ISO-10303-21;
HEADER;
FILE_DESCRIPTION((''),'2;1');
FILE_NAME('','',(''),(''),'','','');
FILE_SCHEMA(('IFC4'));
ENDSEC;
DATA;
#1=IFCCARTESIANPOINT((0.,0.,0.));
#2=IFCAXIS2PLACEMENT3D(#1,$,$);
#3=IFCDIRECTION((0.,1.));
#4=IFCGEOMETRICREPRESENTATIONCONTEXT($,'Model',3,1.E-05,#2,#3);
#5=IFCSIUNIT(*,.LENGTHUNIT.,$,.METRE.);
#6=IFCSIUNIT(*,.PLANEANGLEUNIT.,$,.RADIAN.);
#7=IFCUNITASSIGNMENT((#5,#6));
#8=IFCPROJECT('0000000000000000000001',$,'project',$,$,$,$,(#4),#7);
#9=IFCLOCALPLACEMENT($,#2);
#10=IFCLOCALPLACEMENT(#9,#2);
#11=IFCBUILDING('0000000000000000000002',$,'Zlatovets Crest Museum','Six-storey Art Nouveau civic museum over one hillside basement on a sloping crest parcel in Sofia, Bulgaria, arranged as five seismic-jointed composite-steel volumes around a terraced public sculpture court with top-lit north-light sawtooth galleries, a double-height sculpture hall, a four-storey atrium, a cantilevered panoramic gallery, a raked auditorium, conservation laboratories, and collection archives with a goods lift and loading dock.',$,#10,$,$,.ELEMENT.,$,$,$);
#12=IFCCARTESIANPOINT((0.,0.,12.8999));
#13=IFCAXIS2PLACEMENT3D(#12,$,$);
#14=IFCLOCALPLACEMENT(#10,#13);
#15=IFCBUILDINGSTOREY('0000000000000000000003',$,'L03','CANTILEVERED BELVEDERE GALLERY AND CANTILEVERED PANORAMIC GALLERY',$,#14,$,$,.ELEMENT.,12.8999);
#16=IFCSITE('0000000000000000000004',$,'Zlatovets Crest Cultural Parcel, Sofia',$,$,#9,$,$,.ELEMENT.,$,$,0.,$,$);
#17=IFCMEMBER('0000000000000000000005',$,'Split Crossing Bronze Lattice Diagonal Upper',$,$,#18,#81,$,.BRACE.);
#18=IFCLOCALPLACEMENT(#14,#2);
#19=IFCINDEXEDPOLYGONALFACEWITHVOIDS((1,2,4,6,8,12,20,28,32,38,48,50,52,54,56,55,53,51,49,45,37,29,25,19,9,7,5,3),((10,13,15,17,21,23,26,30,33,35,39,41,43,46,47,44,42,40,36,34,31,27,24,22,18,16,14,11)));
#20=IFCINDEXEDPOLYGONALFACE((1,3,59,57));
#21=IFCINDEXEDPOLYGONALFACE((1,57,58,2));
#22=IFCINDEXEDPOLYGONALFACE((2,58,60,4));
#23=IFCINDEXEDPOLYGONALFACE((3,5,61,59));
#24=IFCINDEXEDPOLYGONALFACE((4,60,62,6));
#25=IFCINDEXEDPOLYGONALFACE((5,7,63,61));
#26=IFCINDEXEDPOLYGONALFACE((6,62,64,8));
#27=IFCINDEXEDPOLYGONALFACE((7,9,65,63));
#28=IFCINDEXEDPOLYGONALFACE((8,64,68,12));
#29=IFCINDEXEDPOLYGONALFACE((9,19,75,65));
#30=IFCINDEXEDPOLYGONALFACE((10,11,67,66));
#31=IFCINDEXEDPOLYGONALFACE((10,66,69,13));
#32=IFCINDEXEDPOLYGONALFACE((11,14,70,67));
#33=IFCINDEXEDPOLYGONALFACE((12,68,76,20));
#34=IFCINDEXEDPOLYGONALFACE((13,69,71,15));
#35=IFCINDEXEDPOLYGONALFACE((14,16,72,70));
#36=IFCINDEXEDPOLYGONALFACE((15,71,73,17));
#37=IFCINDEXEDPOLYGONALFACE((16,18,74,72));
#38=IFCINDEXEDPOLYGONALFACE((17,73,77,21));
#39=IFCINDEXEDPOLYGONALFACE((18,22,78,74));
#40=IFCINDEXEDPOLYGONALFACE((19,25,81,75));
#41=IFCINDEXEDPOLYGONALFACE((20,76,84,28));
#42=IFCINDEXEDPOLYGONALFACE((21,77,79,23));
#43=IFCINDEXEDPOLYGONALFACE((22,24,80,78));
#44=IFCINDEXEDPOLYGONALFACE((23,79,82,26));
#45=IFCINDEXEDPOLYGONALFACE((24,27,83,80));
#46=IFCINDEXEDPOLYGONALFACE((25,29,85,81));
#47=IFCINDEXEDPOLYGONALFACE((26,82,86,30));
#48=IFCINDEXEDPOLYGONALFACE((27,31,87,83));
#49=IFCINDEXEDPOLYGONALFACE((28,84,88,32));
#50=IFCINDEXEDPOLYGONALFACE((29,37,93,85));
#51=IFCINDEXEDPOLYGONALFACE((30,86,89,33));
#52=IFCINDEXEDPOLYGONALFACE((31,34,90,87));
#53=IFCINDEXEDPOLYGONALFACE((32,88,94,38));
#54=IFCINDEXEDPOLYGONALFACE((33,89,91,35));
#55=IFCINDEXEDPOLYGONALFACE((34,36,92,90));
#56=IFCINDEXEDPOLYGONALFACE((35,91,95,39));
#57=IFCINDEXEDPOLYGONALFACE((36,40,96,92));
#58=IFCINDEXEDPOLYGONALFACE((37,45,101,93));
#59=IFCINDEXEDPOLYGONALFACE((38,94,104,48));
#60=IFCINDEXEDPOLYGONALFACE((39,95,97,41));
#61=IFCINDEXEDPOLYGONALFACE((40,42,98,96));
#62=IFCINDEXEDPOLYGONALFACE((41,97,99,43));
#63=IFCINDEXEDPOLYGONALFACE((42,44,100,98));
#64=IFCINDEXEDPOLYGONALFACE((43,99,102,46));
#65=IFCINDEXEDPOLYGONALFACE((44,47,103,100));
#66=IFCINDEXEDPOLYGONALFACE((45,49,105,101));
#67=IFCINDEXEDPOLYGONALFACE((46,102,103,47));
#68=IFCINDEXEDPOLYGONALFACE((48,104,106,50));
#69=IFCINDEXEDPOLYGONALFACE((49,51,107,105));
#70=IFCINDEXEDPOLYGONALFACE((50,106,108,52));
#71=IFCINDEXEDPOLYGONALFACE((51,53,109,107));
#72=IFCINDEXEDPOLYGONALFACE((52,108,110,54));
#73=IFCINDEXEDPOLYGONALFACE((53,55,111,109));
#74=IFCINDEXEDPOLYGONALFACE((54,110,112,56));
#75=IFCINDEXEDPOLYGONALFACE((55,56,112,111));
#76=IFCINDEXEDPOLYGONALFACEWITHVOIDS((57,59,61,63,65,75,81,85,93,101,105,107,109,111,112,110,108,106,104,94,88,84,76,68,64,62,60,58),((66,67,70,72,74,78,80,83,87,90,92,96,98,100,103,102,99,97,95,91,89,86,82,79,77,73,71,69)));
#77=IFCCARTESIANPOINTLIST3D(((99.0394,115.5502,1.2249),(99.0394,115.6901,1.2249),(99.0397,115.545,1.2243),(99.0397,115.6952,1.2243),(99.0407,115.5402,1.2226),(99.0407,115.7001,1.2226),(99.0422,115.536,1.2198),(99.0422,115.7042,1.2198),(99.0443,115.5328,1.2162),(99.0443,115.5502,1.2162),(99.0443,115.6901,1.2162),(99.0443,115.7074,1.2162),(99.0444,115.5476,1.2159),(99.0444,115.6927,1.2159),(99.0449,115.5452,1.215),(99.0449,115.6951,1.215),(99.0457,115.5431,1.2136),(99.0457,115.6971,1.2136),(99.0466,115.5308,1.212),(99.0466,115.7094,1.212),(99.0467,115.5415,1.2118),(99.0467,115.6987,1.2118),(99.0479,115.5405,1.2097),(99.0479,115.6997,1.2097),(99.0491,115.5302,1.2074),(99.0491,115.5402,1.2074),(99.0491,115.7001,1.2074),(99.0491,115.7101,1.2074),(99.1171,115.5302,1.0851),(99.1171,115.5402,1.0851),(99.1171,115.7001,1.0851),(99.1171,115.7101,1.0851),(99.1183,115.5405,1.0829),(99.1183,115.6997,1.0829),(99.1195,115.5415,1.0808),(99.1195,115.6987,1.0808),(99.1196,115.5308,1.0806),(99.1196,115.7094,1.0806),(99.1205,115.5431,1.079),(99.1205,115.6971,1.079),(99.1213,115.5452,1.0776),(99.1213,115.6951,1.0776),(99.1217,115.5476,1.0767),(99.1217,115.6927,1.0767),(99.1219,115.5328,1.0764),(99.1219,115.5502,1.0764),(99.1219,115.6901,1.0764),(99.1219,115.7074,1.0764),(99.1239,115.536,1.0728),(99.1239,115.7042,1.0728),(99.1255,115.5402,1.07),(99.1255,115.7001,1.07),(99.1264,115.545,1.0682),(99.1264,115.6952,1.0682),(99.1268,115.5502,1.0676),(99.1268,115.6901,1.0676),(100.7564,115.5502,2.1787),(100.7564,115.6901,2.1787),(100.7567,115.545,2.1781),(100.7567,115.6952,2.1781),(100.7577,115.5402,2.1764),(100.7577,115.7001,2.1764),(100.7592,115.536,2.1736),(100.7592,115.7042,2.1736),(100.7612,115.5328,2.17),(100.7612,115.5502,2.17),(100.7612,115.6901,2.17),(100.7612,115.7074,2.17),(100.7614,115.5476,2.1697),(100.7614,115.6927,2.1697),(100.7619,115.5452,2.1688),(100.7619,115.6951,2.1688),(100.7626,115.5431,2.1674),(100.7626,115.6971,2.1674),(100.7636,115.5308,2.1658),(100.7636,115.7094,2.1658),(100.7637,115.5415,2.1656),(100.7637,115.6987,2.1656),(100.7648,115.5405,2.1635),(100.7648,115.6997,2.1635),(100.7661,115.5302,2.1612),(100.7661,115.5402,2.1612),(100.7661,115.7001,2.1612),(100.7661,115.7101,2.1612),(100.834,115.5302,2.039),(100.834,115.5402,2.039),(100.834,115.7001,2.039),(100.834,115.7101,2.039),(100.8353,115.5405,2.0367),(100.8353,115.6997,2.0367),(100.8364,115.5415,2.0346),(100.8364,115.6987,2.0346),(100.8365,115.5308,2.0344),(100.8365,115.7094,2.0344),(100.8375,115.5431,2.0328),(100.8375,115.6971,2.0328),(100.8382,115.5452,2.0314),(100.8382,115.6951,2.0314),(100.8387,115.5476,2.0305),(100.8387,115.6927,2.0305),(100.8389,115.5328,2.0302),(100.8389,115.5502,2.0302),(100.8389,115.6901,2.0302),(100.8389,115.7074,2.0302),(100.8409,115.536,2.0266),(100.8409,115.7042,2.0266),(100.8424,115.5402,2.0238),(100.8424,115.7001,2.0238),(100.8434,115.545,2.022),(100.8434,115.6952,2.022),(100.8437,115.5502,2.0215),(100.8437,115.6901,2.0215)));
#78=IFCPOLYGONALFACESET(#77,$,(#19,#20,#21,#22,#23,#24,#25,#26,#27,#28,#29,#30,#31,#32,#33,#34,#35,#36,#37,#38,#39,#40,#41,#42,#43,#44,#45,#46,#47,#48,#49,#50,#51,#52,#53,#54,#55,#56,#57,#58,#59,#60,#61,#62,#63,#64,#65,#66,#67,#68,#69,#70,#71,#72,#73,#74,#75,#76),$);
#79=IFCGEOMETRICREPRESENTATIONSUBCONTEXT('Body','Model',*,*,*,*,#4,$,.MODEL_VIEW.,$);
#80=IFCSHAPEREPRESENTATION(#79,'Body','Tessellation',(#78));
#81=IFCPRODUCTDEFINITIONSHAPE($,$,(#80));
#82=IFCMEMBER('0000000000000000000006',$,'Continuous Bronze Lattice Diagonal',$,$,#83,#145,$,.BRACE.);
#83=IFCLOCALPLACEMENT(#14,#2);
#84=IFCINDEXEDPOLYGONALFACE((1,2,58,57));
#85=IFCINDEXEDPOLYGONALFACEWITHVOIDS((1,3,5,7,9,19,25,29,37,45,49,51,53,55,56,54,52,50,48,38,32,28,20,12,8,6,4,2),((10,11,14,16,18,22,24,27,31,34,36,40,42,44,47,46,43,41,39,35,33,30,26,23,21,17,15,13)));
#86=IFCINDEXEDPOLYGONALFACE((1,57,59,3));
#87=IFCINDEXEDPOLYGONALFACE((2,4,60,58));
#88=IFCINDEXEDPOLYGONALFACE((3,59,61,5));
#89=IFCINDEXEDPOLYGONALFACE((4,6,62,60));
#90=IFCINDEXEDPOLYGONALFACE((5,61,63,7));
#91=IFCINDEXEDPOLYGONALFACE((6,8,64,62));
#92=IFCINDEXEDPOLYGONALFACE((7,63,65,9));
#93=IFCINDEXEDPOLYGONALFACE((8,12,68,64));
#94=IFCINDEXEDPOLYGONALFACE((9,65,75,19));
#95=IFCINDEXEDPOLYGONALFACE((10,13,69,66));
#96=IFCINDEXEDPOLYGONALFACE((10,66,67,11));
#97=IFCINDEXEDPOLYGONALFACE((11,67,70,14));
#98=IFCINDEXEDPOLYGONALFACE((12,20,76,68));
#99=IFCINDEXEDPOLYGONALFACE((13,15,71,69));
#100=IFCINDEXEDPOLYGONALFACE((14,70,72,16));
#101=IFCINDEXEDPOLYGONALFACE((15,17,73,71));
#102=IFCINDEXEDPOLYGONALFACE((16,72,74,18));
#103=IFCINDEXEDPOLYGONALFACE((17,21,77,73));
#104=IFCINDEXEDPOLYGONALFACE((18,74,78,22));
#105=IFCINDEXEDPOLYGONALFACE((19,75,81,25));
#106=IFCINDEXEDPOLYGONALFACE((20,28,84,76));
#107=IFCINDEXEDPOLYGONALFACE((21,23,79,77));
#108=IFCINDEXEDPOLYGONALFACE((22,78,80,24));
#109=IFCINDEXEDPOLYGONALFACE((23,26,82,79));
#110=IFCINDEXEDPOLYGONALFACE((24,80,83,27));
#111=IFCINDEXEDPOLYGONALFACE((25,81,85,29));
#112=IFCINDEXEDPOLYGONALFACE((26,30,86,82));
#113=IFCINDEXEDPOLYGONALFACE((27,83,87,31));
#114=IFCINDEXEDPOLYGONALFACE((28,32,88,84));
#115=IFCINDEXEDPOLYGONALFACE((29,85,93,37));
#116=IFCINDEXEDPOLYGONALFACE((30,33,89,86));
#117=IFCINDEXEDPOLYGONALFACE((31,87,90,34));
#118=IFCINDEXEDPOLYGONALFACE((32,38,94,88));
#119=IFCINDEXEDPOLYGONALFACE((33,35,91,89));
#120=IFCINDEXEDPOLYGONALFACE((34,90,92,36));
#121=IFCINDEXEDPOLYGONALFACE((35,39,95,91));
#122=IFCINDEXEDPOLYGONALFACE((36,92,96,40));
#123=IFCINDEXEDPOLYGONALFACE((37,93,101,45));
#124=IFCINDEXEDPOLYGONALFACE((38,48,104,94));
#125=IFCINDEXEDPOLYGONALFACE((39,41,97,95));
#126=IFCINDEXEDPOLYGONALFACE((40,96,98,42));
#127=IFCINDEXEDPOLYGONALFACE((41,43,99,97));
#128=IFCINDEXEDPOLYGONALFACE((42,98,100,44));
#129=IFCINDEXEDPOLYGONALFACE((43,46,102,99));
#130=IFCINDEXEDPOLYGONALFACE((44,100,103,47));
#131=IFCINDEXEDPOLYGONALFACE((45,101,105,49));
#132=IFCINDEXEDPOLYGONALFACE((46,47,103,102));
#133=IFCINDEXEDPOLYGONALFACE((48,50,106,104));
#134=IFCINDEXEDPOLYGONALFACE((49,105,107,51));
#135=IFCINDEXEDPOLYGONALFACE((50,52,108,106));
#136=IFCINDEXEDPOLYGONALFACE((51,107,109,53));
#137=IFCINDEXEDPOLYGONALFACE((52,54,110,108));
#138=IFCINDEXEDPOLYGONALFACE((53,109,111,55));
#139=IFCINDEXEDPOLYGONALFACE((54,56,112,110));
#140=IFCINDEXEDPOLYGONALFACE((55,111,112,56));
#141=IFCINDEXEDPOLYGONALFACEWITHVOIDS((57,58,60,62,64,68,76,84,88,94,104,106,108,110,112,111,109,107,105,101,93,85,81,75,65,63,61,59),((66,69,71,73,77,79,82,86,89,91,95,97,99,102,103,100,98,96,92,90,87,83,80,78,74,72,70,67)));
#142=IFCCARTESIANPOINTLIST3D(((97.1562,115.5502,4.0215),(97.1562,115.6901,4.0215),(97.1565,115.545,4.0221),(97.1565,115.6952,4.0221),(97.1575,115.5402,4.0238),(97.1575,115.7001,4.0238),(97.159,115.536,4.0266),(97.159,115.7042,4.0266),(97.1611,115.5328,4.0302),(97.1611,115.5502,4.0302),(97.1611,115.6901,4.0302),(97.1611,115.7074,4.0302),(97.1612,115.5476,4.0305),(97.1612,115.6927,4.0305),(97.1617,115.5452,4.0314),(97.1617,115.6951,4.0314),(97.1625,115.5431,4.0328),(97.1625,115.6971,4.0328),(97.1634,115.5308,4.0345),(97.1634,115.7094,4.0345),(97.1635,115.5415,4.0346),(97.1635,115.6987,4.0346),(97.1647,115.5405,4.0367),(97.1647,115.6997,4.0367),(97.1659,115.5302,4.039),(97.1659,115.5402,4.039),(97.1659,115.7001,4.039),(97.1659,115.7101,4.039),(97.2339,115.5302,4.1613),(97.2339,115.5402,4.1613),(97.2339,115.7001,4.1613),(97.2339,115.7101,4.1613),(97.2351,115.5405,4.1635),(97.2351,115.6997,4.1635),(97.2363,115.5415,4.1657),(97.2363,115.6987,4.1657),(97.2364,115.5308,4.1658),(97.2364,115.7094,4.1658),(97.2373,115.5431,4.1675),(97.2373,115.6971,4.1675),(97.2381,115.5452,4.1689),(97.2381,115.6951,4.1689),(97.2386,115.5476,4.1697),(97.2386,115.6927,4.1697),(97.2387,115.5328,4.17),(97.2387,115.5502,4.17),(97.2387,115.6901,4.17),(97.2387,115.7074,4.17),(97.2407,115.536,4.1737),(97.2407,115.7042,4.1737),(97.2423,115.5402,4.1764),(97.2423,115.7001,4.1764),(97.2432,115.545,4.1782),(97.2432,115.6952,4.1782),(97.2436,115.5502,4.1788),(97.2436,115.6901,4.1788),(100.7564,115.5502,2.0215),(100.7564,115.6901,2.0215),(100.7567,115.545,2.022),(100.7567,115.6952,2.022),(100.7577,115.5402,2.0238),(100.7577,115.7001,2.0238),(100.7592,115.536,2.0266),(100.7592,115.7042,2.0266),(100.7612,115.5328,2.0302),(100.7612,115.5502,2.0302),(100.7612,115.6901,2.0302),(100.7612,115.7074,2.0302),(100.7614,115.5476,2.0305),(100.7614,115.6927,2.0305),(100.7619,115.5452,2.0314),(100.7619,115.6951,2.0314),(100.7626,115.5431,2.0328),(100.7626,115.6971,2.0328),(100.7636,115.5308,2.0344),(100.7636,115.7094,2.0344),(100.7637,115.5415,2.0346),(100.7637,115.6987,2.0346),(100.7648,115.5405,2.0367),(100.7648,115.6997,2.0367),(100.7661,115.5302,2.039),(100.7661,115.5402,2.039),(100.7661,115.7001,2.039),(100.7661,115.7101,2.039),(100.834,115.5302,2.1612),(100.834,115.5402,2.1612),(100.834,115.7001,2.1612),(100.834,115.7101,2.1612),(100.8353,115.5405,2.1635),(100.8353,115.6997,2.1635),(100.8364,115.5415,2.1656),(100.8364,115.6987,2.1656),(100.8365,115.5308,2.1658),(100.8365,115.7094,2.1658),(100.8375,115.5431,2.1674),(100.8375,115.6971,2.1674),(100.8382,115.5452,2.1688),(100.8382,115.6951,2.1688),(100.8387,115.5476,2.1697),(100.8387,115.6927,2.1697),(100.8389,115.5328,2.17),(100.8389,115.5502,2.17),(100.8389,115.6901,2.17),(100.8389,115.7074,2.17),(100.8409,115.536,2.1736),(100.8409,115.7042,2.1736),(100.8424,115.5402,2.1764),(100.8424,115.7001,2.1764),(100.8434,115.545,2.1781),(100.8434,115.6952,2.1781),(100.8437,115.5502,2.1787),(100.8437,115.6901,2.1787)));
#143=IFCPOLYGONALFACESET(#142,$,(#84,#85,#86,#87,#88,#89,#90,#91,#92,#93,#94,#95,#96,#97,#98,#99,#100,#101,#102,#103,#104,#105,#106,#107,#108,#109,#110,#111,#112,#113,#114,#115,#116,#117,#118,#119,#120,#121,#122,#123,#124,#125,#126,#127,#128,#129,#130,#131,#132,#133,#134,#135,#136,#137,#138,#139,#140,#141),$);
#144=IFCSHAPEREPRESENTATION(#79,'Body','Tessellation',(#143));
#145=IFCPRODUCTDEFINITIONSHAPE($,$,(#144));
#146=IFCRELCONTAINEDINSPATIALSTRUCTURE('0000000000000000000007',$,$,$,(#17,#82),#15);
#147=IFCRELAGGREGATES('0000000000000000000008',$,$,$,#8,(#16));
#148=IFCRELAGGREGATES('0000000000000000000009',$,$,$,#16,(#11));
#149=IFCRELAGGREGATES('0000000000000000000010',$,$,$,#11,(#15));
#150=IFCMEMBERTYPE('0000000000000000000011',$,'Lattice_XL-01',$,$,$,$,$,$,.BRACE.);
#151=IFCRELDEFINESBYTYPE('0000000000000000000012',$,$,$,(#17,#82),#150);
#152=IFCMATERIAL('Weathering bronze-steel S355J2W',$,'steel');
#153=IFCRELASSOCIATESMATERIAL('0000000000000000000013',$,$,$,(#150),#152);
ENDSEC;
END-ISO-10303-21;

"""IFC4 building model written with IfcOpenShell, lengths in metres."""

from ifc_helpers import new_model, si_unit, direction, frame, origin, origin_2d, place, context, subcontext, project, spatial, hollow_rectangle, extrude, material, material_profile, profile_set, type_object, element, save


model = new_model("IFC4")

# Units and contexts
model_context = context("Model", 3, precision=1e-05, world=origin(), true_north=direction((0.0, 1.0)))
body_context = subcontext(model_context, "Body", "Model", "MODEL_VIEW")
ifc_project = project(units=[si_unit("LENGTHUNIT", "METRE"), si_unit("PLANEANGLEUNIT", "RADIAN")], contexts=[model_context])

# Site, building, storey
site_placement = place(None, origin())
site = spatial("IfcSite", under=ifc_project, at=site_placement, Name="Zlatovets Crest Cultural Parcel, Sofia", CompositionType="ELEMENT", RefElevation=0.0)
building_placement = place(site_placement, origin())
building = spatial("IfcBuilding", under=site, at=building_placement, Name="Zlatovets Crest Museum", Description="Six-storey Art Nouveau civic museum over one hillside basement on a sloping crest parcel in Sofia, Bulgaria, arranged as five seismic-jointed composite-steel volumes around a terraced public sculpture court with top-lit north-light sawtooth galleries, a double-height sculpture hall, a four-storey atrium, a cantilevered panoramic gallery, a raked auditorium, conservation laboratories, and collection archives with a goods lift and loading dock.", CompositionType="ELEMENT")
storey_placement = place(building_placement, frame((0.0, 0.0, 12.8999)))
storey = spatial("IfcBuildingStorey", under=building, at=storey_placement, Name="L03", Description="CANTILEVERED BELVEDERE GALLERY AND CANTILEVERED PANORAMIC GALLERY", CompositionType="ELEMENT", Elevation=12.8999)

# Members
ifc_material_1 = material(Name="Weathering bronze-steel S355J2W", Category="steel")
ifc_material_profile_1 = material_profile(ifc_material_1, hollow_rectangle(XDim=0.1799, YDim=0.1799, WallThickness=0.01, InnerFilletRadius=0.01, OuterFilletRadius=0.02, at=origin_2d()), Name="SHS 180x180x10.0")
ifc_profile_set_1 = profile_set([ifc_material_profile_1], Name="Weathering bronze-steel S355J2W")
member_type_1 = type_object("IfcMemberType", Name="Lattice_XL-01", PredefinedType="BRACE", material=ifc_profile_set_1)
member_1_placement = place(storey_placement, frame((100.8, 115.6201, 2.1001), z_axis=(-0.874169, 0.0, -0.485622), x_axis=(0.0, -1.0, 0.0)))
element("IfcMember", 1, at=member_1_placement, inside=storey, type_object=member_type_1, Name="Split Crossing Bronze Lattice Diagonal Upper", PredefinedType="BRACE", context=body_context, shape_type="SweptSolid", body=[
    extrude(hollow_rectangle(XDim=0.1799, YDim=0.1799, WallThickness=0.01, InnerFilletRadius=0.01, OuterFilletRadius=0.02, at=origin_2d()), origin(), (0.0, 0.0, 1.0), 1.9641),
])
member_2_placement = place(storey_placement, frame((100.8, 115.6201, 2.1001), z_axis=(-0.874163, 0.0, 0.485633), x_axis=(0.0, -1.0, 0.0)))
element("IfcMember", 2, at=member_2_placement, inside=storey, type_object=member_type_1, Name="Continuous Bronze Lattice Diagonal", PredefinedType="BRACE", context=body_context, shape_type="SweptSolid", body=[
    extrude(hollow_rectangle(XDim=0.1799, YDim=0.1799, WallThickness=0.01, InnerFilletRadius=0.01, OuterFilletRadius=0.02, at=origin_2d()), origin(), (0.0, 0.0, 1.0), 4.1184),
])

save(model, "model.ifc")
